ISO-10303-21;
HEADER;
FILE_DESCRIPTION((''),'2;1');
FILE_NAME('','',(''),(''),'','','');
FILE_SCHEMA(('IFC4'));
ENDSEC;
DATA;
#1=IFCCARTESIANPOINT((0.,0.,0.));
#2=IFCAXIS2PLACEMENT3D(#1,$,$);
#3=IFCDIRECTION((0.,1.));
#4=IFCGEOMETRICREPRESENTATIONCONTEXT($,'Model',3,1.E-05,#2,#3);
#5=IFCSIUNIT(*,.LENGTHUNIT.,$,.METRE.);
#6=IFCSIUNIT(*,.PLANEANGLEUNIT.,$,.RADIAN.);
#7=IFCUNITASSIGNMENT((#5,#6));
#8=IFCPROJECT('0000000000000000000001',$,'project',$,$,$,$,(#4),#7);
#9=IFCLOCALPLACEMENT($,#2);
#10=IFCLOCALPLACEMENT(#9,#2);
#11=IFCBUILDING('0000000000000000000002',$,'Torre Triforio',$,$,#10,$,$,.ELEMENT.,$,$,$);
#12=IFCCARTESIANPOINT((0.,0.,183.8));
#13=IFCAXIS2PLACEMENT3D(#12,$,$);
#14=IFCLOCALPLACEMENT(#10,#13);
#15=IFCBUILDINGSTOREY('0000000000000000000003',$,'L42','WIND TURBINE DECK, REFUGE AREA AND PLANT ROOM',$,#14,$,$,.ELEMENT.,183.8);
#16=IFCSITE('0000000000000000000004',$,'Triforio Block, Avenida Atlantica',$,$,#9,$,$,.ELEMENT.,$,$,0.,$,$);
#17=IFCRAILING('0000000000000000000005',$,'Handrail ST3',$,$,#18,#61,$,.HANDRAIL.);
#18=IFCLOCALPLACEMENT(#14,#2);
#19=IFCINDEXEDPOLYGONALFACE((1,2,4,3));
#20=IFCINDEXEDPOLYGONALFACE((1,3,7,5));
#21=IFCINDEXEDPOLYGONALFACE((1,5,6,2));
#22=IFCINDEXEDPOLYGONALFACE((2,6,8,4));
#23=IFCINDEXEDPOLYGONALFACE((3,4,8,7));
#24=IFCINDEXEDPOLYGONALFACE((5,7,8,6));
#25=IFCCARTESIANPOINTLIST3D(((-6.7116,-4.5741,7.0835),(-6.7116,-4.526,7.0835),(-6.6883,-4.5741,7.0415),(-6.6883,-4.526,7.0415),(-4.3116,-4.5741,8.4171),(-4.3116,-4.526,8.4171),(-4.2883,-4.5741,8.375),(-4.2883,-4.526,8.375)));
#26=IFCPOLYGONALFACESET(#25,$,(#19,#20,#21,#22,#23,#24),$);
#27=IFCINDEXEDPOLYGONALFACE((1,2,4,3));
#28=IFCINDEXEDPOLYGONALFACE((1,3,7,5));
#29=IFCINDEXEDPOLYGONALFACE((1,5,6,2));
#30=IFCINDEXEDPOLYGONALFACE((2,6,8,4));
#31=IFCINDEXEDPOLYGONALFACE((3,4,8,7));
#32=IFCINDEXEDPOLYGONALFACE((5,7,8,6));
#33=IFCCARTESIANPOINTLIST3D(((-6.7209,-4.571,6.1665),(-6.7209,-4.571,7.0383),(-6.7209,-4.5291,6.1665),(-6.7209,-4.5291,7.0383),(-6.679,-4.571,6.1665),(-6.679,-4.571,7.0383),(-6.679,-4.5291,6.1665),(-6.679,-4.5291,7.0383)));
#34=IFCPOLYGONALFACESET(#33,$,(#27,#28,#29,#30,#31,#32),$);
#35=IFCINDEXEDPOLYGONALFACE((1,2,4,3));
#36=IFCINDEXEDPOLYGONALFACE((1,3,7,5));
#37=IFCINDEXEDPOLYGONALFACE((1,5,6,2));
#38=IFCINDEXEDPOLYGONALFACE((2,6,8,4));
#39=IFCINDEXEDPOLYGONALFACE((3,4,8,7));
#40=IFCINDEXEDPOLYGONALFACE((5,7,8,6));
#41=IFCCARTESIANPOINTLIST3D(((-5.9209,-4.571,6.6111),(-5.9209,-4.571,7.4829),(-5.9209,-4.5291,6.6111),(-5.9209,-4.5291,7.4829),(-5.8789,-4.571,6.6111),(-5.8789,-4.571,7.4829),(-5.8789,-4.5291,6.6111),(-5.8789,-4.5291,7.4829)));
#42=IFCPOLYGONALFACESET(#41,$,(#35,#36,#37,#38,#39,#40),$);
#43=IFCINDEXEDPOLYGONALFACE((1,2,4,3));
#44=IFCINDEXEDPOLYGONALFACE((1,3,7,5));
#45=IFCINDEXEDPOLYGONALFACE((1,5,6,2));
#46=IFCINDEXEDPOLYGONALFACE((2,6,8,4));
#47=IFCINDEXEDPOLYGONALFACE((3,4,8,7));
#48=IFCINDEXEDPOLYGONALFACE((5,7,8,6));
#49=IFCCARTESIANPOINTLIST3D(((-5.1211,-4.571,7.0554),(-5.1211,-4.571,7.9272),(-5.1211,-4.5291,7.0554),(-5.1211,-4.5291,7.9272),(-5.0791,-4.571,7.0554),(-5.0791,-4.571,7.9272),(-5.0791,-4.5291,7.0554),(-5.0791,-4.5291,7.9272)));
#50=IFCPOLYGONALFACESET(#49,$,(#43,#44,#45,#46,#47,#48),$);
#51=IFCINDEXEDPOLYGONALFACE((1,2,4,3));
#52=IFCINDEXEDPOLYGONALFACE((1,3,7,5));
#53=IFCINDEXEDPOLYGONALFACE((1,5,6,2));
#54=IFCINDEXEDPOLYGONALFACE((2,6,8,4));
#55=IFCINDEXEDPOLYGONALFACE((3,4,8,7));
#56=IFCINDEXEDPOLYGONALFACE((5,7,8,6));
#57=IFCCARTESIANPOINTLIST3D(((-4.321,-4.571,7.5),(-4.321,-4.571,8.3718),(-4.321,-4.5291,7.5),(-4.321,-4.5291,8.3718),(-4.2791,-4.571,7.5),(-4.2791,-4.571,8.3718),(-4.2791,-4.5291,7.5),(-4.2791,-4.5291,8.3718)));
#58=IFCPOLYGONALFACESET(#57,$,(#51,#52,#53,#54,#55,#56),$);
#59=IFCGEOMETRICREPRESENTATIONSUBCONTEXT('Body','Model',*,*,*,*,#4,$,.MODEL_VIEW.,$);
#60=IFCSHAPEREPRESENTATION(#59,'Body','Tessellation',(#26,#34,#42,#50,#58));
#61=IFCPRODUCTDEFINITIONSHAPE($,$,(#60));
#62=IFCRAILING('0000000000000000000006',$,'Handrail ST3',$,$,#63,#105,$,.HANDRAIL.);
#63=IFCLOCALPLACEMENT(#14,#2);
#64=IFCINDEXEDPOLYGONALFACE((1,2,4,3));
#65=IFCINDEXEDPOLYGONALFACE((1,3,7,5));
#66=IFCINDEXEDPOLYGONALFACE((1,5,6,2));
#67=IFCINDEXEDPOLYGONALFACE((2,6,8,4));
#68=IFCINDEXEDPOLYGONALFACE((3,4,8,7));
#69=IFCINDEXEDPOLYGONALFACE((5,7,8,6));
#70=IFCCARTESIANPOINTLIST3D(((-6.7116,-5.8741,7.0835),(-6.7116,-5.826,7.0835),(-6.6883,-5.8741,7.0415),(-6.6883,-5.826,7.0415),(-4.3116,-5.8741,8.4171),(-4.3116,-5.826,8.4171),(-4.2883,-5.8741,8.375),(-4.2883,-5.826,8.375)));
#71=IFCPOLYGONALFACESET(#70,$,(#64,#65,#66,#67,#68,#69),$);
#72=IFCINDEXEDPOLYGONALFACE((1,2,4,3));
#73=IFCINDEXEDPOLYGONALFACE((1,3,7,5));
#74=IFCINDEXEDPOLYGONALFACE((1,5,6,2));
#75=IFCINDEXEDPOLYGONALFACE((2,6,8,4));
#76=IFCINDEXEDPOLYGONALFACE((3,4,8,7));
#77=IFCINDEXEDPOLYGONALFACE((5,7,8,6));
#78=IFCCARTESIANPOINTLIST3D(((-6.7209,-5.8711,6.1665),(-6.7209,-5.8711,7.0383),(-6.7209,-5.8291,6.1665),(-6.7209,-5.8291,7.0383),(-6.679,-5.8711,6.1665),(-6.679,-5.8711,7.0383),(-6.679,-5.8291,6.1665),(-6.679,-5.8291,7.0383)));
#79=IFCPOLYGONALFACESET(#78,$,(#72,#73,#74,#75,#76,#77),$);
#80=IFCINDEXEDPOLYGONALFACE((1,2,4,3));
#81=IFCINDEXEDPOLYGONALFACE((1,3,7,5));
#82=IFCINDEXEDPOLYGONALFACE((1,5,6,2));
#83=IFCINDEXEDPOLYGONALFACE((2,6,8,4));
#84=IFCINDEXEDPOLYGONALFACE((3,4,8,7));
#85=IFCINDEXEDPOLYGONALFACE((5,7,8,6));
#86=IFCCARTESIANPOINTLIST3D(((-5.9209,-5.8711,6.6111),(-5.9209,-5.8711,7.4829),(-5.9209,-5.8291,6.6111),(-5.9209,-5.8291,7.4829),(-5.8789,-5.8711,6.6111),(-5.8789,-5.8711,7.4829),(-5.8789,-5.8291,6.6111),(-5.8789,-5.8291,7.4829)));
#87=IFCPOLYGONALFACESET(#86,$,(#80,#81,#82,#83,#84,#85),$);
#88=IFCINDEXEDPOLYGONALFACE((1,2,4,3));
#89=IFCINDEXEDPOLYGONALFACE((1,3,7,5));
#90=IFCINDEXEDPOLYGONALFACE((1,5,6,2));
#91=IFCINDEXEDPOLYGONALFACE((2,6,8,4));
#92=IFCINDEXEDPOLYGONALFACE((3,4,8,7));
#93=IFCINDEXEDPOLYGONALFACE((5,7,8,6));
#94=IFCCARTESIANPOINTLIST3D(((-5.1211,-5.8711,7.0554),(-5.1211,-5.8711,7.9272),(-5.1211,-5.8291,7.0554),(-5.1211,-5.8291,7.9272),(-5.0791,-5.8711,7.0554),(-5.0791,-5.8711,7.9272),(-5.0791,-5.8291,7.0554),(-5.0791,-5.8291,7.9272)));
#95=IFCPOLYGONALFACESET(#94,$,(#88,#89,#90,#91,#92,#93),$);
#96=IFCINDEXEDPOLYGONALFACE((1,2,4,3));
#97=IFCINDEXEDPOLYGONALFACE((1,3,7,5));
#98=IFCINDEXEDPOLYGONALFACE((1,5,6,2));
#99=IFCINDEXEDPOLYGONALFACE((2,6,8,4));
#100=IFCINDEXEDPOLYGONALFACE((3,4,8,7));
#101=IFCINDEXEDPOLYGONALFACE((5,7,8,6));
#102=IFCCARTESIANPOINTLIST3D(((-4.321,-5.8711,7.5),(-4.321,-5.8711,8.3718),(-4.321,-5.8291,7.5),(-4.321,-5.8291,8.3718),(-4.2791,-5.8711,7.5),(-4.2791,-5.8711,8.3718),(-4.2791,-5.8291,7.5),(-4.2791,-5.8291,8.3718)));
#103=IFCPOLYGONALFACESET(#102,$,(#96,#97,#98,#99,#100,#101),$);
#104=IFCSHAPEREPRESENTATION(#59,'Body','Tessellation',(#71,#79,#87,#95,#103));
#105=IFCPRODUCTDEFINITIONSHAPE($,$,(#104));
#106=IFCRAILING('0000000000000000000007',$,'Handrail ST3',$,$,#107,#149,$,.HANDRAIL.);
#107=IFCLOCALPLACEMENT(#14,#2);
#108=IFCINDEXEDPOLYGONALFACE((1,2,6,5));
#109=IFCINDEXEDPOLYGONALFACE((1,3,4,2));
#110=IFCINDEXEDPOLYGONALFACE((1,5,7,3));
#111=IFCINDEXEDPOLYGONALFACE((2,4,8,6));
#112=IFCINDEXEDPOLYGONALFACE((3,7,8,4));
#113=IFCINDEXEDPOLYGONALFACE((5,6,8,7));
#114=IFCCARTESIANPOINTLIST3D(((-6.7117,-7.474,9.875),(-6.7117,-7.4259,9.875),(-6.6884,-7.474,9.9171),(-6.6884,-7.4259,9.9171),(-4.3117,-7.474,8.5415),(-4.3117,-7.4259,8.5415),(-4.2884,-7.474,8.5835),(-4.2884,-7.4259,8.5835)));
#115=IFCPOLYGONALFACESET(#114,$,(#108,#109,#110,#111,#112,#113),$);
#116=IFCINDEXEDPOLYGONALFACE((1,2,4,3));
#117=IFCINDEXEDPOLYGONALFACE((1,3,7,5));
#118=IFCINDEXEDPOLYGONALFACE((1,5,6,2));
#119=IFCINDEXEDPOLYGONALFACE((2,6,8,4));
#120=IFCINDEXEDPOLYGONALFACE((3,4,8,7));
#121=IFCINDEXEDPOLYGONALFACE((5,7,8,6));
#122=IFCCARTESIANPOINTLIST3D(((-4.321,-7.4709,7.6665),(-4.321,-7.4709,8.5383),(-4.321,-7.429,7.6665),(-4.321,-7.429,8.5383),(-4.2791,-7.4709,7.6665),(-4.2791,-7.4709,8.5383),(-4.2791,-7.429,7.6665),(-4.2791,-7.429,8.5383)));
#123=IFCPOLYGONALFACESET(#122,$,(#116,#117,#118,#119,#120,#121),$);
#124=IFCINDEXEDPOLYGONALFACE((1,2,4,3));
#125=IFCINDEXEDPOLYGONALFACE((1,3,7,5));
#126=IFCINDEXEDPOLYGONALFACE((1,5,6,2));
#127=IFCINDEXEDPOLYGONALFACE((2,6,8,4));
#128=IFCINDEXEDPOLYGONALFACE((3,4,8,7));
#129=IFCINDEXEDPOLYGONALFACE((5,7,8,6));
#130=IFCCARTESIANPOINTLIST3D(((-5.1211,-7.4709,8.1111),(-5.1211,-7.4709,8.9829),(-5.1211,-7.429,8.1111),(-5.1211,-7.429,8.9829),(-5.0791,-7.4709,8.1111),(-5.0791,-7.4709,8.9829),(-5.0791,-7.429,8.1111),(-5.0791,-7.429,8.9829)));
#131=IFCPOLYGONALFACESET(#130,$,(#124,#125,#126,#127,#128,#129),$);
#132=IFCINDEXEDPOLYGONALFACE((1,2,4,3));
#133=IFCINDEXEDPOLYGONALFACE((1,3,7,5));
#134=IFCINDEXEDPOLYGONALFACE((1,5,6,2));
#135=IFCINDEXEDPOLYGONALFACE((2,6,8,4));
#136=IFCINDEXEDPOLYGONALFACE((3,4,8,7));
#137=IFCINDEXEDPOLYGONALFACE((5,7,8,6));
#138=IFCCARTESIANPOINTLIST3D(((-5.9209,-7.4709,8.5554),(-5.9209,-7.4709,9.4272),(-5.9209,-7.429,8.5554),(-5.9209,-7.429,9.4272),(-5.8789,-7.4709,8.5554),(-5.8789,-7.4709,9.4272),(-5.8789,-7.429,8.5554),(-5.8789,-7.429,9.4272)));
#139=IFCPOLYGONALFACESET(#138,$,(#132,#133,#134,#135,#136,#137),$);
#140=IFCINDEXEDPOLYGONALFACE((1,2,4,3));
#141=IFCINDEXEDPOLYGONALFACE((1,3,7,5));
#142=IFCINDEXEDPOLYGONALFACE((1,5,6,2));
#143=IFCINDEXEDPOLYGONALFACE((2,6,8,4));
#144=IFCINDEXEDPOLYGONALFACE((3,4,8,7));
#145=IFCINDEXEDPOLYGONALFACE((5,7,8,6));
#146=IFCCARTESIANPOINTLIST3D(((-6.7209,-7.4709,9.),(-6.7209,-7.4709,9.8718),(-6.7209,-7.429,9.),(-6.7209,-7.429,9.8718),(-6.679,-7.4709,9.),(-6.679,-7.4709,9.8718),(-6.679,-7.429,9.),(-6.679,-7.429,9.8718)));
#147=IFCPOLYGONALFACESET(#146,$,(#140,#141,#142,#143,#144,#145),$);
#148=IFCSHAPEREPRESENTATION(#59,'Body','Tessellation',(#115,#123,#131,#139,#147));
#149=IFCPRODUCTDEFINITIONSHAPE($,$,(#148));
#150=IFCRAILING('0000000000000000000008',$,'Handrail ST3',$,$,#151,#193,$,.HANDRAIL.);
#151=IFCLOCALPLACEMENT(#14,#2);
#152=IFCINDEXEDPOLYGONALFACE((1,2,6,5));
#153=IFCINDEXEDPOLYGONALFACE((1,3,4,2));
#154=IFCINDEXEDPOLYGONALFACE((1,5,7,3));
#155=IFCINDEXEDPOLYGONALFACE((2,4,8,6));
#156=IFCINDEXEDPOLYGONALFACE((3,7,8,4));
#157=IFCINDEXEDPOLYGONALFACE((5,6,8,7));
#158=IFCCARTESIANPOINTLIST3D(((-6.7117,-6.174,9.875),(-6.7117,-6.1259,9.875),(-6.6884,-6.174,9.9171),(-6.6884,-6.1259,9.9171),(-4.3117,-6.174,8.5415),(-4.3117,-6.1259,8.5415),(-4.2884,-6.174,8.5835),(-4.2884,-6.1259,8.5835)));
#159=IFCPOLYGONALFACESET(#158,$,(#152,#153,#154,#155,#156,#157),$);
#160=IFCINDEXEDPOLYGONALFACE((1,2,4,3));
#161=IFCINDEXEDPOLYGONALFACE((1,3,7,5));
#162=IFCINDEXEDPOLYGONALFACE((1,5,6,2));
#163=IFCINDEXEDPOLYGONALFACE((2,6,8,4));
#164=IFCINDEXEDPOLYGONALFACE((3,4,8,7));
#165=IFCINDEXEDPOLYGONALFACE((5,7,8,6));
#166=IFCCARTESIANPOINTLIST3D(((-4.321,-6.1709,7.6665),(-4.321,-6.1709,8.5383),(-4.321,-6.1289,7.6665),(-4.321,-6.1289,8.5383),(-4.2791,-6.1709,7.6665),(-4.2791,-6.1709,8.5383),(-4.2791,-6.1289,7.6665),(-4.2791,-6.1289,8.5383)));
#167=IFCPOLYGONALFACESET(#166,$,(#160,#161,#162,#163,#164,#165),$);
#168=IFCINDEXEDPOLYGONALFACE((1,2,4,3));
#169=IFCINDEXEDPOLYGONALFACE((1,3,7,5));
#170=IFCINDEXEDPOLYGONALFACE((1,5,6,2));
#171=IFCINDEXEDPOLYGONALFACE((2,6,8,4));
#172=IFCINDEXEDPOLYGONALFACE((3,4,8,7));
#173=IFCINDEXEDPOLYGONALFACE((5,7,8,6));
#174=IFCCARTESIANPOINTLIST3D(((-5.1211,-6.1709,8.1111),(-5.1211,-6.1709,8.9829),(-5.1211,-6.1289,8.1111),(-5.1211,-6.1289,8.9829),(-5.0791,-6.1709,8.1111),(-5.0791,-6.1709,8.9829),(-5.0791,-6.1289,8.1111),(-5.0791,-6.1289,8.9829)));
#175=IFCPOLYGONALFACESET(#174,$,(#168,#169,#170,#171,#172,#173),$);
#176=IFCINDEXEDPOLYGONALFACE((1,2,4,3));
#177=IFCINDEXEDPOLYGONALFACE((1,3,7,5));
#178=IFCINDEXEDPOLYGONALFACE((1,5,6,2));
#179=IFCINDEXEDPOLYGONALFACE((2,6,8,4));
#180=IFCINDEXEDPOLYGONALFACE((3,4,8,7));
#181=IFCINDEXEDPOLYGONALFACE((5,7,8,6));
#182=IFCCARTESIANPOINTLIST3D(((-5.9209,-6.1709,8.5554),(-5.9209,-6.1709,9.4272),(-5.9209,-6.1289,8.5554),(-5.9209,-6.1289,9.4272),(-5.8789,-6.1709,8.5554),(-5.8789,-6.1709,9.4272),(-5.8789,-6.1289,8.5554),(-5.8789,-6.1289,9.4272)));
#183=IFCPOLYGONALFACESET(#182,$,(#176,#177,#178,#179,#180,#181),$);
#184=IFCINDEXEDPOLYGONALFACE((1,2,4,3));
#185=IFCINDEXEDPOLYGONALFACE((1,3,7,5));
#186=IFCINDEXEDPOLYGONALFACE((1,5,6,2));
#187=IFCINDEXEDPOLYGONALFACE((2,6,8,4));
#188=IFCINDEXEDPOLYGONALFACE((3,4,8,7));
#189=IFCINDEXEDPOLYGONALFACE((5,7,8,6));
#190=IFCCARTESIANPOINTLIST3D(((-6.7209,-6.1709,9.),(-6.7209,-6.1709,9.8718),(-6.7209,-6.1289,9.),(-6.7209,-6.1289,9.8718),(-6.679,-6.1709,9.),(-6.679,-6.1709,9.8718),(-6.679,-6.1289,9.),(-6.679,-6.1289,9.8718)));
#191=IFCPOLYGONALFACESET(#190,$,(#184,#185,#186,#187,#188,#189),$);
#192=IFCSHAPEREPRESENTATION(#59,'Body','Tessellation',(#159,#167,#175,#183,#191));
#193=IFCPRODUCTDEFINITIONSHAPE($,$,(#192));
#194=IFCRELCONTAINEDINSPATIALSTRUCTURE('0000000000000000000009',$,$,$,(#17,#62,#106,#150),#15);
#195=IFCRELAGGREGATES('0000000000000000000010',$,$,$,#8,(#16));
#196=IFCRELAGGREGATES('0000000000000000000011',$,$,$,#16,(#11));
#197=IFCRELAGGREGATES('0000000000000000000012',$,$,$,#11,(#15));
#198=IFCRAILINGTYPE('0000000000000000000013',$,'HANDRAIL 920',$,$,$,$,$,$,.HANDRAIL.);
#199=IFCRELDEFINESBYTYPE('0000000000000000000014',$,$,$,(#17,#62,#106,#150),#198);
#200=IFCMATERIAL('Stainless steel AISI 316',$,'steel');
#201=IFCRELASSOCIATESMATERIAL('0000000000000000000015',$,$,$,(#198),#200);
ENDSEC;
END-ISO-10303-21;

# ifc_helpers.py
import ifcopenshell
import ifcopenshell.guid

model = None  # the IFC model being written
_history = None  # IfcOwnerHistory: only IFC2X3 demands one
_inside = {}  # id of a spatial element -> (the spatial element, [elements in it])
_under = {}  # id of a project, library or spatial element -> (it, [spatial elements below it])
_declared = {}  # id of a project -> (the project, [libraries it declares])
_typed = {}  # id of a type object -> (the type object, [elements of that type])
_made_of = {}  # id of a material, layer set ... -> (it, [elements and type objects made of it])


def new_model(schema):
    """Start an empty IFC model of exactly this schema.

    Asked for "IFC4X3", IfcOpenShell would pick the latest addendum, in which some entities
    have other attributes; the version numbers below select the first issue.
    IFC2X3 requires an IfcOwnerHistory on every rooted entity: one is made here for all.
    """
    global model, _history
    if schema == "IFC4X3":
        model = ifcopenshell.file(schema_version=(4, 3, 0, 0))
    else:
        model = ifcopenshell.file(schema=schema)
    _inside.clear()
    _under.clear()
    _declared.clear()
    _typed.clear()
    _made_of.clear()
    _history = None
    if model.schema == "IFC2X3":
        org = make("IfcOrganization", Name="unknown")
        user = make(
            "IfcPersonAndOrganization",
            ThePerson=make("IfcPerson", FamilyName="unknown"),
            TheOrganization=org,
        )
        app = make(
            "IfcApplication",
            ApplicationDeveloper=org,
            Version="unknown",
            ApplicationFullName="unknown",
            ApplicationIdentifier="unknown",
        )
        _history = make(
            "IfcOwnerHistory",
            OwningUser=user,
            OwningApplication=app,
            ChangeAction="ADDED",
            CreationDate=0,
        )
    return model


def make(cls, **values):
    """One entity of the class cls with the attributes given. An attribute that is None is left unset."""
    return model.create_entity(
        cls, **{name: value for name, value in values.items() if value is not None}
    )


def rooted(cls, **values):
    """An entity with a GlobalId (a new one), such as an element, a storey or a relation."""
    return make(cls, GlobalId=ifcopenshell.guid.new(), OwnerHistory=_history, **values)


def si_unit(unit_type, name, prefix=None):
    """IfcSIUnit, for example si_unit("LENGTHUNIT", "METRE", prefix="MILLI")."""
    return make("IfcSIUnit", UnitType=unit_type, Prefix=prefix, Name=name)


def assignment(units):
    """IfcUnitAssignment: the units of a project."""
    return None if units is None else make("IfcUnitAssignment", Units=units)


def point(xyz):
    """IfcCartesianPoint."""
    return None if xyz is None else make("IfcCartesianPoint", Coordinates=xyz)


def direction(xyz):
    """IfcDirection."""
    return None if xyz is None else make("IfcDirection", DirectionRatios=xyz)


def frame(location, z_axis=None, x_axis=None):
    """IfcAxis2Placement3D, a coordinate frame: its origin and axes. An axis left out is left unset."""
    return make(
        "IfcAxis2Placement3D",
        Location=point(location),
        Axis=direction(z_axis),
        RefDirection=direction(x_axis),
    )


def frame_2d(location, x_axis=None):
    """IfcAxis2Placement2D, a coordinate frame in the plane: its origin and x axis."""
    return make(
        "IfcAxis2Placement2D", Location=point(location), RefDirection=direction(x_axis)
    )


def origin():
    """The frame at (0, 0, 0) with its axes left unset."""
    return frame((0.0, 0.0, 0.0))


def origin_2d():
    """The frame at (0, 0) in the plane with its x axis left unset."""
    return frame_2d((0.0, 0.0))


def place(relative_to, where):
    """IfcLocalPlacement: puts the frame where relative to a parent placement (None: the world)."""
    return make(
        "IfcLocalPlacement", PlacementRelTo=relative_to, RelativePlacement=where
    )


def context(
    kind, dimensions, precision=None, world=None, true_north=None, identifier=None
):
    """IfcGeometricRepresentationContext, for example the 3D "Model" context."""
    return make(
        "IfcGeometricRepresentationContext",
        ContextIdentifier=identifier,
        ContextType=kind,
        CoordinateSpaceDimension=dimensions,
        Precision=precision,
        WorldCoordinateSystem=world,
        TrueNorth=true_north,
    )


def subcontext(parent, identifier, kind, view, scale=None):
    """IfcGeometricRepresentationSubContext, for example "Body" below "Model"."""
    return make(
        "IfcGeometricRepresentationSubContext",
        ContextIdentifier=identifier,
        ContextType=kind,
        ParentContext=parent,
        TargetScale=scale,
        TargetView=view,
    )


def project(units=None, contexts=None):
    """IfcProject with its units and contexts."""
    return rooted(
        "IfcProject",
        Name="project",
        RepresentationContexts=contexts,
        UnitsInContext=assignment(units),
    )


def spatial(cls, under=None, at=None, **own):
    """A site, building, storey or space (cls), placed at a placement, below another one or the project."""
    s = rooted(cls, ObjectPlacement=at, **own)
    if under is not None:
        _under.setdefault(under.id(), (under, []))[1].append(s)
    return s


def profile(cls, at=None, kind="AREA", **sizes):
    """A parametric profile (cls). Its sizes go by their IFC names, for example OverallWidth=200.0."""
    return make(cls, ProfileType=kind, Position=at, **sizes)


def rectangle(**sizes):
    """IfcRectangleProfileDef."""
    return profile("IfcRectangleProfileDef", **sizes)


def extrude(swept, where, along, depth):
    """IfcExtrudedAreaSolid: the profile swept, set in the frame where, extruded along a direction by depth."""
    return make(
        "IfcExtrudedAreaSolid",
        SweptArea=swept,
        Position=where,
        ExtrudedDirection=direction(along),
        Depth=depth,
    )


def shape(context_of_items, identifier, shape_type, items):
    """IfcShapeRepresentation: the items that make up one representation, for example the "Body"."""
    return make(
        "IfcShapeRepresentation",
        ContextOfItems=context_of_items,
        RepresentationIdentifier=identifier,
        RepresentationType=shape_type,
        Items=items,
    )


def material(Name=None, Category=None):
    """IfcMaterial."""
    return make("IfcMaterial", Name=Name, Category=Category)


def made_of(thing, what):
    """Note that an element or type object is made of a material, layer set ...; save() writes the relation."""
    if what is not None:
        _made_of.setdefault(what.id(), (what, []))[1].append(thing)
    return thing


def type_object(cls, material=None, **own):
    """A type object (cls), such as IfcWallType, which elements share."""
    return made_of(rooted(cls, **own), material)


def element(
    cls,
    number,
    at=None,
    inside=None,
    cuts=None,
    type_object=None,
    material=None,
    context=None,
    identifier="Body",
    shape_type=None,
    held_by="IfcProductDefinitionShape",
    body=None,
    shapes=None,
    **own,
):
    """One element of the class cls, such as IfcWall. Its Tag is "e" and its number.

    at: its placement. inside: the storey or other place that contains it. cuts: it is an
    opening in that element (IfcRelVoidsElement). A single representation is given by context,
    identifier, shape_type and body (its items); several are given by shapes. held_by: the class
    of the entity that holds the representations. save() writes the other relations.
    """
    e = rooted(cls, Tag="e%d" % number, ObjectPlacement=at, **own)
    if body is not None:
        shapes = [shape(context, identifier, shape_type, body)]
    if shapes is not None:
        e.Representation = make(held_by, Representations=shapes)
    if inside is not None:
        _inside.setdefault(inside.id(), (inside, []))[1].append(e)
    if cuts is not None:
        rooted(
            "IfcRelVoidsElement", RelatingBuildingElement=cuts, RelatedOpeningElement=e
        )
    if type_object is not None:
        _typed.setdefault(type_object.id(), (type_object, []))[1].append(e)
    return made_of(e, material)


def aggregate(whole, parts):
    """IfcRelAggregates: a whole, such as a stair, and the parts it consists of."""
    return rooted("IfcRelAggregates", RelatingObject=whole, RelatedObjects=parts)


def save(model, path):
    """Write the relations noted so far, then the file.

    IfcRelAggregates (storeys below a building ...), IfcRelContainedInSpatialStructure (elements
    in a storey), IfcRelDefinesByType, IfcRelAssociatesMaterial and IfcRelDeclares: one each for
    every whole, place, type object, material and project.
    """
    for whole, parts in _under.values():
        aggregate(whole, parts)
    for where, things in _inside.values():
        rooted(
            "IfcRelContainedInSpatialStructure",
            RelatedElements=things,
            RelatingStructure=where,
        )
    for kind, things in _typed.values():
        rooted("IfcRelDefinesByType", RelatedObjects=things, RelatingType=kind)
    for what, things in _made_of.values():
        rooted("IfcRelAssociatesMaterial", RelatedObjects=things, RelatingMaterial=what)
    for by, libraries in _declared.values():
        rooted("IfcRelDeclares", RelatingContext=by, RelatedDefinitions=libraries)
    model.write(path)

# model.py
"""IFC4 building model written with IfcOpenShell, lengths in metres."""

from ifc_helpers import new_model, si_unit, direction, frame, origin, origin_2d, place, context, subcontext, project, spatial, rectangle, extrude, material, type_object, element, save


model = new_model("IFC4")

# Units and contexts
model_context = context("Model", 3, precision=1e-05, world=origin(), true_north=direction((0.0, 1.0)))
body_context = subcontext(model_context, "Body", "Model", "MODEL_VIEW")
ifc_project = project(units=[si_unit("LENGTHUNIT", "METRE"), si_unit("PLANEANGLEUNIT", "RADIAN")], contexts=[model_context])

# Site, building, storey
site_placement = place(None, origin())
site = spatial("IfcSite", under=ifc_project, at=site_placement, Name="Triforio Block, Avenida Atlantica", CompositionType="ELEMENT", RefElevation=0.0)
building_placement = place(site_placement, origin())
building = spatial("IfcBuilding", under=site, at=building_placement, Name="Torre Triforio", CompositionType="ELEMENT")
storey_placement = place(building_placement, frame((0.0, 0.0, 183.8)))
storey = spatial("IfcBuildingStorey", under=building, at=storey_placement, Name="L42", Description="WIND TURBINE DECK, REFUGE AREA AND PLANT ROOM", CompositionType="ELEMENT", Elevation=183.8)

# Railings
ifc_material_1 = material(Name="Stainless steel AISI 316", Category="steel")
railing_type = type_object("IfcRailingType", Name="HANDRAIL 920", PredefinedType="HANDRAIL", material=ifc_material_1)
for number, where, name in (
    (1, (-6.7, -4.55, 6.1665), "Handrail ST3"),
    (2, (-6.7, -5.8501, 6.1665), "Handrail ST3"),
):
    element("IfcRailing", number, at=place(storey_placement, frame(where)), inside=storey, type_object=railing_type, Name=name, PredefinedType="HANDRAIL", context=body_context, shape_type="SweptSolid", body=[
        extrude(rectangle(XDim=0.0481, YDim=0.0481, at=origin_2d()), frame((0.0, 0.0, 0.896), z_axis=(0.874124, 0.0, 0.485703), x_axis=(0.0, 1.0, 0.0)), (0.0, 0.0, 1.0), 2.7456),
        extrude(rectangle(XDim=0.042, YDim=0.042, at=origin_2d()), origin(), (0.0, 0.0, 1.0), 0.8718),
        extrude(rectangle(XDim=0.042, YDim=0.042, at=origin_2d()), frame((0.8, 0.0, 0.4446)), (0.0, 0.0, 1.0), 0.8718),
        extrude(rectangle(XDim=0.042, YDim=0.042, at=origin_2d()), frame((1.5999, 0.0, 0.8889)), (0.0, 0.0, 1.0), 0.8718),
        extrude(rectangle(XDim=0.042, YDim=0.042, at=origin_2d()), frame((2.3999, 0.0, 1.3335)), (0.0, 0.0, 1.0), 0.8718),
    ])
for number, where, name in (
    (3, (-4.3, -7.45, 7.6665), "Handrail ST3"),
    (4, (-4.3, -6.1499, 7.6665), "Handrail ST3"),
):
    element("IfcRailing", number, at=place(storey_placement, frame(where)), inside=storey, type_object=railing_type, Name=name, PredefinedType="HANDRAIL", context=body_context, shape_type="SweptSolid", body=[
        extrude(rectangle(XDim=0.0481, YDim=0.0481, at=origin_2d()), frame((0.0, 0.0, 0.896), z_axis=(-0.874124, 0.0, 0.485703), x_axis=(0.0, -1.0, 0.0)), (0.0, 0.0, 1.0), 2.7456),
        extrude(rectangle(XDim=0.042, YDim=0.042, at=origin_2d()), origin(), (0.0, 0.0, 1.0), 0.8718),
        extrude(rectangle(XDim=0.042, YDim=0.042, at=origin_2d()), frame((-0.8, 0.0, 0.4446)), (0.0, 0.0, 1.0), 0.8718),
        extrude(rectangle(XDim=0.042, YDim=0.042, at=origin_2d()), frame((-1.5999, 0.0, 0.8889)), (0.0, 0.0, 1.0), 0.8718),
        extrude(rectangle(XDim=0.042, YDim=0.042, at=origin_2d()), frame((-2.3999, 0.0, 1.3335)), (0.0, 0.0, 1.0), 0.8718),
    ])

save(model, "model.ifc")
